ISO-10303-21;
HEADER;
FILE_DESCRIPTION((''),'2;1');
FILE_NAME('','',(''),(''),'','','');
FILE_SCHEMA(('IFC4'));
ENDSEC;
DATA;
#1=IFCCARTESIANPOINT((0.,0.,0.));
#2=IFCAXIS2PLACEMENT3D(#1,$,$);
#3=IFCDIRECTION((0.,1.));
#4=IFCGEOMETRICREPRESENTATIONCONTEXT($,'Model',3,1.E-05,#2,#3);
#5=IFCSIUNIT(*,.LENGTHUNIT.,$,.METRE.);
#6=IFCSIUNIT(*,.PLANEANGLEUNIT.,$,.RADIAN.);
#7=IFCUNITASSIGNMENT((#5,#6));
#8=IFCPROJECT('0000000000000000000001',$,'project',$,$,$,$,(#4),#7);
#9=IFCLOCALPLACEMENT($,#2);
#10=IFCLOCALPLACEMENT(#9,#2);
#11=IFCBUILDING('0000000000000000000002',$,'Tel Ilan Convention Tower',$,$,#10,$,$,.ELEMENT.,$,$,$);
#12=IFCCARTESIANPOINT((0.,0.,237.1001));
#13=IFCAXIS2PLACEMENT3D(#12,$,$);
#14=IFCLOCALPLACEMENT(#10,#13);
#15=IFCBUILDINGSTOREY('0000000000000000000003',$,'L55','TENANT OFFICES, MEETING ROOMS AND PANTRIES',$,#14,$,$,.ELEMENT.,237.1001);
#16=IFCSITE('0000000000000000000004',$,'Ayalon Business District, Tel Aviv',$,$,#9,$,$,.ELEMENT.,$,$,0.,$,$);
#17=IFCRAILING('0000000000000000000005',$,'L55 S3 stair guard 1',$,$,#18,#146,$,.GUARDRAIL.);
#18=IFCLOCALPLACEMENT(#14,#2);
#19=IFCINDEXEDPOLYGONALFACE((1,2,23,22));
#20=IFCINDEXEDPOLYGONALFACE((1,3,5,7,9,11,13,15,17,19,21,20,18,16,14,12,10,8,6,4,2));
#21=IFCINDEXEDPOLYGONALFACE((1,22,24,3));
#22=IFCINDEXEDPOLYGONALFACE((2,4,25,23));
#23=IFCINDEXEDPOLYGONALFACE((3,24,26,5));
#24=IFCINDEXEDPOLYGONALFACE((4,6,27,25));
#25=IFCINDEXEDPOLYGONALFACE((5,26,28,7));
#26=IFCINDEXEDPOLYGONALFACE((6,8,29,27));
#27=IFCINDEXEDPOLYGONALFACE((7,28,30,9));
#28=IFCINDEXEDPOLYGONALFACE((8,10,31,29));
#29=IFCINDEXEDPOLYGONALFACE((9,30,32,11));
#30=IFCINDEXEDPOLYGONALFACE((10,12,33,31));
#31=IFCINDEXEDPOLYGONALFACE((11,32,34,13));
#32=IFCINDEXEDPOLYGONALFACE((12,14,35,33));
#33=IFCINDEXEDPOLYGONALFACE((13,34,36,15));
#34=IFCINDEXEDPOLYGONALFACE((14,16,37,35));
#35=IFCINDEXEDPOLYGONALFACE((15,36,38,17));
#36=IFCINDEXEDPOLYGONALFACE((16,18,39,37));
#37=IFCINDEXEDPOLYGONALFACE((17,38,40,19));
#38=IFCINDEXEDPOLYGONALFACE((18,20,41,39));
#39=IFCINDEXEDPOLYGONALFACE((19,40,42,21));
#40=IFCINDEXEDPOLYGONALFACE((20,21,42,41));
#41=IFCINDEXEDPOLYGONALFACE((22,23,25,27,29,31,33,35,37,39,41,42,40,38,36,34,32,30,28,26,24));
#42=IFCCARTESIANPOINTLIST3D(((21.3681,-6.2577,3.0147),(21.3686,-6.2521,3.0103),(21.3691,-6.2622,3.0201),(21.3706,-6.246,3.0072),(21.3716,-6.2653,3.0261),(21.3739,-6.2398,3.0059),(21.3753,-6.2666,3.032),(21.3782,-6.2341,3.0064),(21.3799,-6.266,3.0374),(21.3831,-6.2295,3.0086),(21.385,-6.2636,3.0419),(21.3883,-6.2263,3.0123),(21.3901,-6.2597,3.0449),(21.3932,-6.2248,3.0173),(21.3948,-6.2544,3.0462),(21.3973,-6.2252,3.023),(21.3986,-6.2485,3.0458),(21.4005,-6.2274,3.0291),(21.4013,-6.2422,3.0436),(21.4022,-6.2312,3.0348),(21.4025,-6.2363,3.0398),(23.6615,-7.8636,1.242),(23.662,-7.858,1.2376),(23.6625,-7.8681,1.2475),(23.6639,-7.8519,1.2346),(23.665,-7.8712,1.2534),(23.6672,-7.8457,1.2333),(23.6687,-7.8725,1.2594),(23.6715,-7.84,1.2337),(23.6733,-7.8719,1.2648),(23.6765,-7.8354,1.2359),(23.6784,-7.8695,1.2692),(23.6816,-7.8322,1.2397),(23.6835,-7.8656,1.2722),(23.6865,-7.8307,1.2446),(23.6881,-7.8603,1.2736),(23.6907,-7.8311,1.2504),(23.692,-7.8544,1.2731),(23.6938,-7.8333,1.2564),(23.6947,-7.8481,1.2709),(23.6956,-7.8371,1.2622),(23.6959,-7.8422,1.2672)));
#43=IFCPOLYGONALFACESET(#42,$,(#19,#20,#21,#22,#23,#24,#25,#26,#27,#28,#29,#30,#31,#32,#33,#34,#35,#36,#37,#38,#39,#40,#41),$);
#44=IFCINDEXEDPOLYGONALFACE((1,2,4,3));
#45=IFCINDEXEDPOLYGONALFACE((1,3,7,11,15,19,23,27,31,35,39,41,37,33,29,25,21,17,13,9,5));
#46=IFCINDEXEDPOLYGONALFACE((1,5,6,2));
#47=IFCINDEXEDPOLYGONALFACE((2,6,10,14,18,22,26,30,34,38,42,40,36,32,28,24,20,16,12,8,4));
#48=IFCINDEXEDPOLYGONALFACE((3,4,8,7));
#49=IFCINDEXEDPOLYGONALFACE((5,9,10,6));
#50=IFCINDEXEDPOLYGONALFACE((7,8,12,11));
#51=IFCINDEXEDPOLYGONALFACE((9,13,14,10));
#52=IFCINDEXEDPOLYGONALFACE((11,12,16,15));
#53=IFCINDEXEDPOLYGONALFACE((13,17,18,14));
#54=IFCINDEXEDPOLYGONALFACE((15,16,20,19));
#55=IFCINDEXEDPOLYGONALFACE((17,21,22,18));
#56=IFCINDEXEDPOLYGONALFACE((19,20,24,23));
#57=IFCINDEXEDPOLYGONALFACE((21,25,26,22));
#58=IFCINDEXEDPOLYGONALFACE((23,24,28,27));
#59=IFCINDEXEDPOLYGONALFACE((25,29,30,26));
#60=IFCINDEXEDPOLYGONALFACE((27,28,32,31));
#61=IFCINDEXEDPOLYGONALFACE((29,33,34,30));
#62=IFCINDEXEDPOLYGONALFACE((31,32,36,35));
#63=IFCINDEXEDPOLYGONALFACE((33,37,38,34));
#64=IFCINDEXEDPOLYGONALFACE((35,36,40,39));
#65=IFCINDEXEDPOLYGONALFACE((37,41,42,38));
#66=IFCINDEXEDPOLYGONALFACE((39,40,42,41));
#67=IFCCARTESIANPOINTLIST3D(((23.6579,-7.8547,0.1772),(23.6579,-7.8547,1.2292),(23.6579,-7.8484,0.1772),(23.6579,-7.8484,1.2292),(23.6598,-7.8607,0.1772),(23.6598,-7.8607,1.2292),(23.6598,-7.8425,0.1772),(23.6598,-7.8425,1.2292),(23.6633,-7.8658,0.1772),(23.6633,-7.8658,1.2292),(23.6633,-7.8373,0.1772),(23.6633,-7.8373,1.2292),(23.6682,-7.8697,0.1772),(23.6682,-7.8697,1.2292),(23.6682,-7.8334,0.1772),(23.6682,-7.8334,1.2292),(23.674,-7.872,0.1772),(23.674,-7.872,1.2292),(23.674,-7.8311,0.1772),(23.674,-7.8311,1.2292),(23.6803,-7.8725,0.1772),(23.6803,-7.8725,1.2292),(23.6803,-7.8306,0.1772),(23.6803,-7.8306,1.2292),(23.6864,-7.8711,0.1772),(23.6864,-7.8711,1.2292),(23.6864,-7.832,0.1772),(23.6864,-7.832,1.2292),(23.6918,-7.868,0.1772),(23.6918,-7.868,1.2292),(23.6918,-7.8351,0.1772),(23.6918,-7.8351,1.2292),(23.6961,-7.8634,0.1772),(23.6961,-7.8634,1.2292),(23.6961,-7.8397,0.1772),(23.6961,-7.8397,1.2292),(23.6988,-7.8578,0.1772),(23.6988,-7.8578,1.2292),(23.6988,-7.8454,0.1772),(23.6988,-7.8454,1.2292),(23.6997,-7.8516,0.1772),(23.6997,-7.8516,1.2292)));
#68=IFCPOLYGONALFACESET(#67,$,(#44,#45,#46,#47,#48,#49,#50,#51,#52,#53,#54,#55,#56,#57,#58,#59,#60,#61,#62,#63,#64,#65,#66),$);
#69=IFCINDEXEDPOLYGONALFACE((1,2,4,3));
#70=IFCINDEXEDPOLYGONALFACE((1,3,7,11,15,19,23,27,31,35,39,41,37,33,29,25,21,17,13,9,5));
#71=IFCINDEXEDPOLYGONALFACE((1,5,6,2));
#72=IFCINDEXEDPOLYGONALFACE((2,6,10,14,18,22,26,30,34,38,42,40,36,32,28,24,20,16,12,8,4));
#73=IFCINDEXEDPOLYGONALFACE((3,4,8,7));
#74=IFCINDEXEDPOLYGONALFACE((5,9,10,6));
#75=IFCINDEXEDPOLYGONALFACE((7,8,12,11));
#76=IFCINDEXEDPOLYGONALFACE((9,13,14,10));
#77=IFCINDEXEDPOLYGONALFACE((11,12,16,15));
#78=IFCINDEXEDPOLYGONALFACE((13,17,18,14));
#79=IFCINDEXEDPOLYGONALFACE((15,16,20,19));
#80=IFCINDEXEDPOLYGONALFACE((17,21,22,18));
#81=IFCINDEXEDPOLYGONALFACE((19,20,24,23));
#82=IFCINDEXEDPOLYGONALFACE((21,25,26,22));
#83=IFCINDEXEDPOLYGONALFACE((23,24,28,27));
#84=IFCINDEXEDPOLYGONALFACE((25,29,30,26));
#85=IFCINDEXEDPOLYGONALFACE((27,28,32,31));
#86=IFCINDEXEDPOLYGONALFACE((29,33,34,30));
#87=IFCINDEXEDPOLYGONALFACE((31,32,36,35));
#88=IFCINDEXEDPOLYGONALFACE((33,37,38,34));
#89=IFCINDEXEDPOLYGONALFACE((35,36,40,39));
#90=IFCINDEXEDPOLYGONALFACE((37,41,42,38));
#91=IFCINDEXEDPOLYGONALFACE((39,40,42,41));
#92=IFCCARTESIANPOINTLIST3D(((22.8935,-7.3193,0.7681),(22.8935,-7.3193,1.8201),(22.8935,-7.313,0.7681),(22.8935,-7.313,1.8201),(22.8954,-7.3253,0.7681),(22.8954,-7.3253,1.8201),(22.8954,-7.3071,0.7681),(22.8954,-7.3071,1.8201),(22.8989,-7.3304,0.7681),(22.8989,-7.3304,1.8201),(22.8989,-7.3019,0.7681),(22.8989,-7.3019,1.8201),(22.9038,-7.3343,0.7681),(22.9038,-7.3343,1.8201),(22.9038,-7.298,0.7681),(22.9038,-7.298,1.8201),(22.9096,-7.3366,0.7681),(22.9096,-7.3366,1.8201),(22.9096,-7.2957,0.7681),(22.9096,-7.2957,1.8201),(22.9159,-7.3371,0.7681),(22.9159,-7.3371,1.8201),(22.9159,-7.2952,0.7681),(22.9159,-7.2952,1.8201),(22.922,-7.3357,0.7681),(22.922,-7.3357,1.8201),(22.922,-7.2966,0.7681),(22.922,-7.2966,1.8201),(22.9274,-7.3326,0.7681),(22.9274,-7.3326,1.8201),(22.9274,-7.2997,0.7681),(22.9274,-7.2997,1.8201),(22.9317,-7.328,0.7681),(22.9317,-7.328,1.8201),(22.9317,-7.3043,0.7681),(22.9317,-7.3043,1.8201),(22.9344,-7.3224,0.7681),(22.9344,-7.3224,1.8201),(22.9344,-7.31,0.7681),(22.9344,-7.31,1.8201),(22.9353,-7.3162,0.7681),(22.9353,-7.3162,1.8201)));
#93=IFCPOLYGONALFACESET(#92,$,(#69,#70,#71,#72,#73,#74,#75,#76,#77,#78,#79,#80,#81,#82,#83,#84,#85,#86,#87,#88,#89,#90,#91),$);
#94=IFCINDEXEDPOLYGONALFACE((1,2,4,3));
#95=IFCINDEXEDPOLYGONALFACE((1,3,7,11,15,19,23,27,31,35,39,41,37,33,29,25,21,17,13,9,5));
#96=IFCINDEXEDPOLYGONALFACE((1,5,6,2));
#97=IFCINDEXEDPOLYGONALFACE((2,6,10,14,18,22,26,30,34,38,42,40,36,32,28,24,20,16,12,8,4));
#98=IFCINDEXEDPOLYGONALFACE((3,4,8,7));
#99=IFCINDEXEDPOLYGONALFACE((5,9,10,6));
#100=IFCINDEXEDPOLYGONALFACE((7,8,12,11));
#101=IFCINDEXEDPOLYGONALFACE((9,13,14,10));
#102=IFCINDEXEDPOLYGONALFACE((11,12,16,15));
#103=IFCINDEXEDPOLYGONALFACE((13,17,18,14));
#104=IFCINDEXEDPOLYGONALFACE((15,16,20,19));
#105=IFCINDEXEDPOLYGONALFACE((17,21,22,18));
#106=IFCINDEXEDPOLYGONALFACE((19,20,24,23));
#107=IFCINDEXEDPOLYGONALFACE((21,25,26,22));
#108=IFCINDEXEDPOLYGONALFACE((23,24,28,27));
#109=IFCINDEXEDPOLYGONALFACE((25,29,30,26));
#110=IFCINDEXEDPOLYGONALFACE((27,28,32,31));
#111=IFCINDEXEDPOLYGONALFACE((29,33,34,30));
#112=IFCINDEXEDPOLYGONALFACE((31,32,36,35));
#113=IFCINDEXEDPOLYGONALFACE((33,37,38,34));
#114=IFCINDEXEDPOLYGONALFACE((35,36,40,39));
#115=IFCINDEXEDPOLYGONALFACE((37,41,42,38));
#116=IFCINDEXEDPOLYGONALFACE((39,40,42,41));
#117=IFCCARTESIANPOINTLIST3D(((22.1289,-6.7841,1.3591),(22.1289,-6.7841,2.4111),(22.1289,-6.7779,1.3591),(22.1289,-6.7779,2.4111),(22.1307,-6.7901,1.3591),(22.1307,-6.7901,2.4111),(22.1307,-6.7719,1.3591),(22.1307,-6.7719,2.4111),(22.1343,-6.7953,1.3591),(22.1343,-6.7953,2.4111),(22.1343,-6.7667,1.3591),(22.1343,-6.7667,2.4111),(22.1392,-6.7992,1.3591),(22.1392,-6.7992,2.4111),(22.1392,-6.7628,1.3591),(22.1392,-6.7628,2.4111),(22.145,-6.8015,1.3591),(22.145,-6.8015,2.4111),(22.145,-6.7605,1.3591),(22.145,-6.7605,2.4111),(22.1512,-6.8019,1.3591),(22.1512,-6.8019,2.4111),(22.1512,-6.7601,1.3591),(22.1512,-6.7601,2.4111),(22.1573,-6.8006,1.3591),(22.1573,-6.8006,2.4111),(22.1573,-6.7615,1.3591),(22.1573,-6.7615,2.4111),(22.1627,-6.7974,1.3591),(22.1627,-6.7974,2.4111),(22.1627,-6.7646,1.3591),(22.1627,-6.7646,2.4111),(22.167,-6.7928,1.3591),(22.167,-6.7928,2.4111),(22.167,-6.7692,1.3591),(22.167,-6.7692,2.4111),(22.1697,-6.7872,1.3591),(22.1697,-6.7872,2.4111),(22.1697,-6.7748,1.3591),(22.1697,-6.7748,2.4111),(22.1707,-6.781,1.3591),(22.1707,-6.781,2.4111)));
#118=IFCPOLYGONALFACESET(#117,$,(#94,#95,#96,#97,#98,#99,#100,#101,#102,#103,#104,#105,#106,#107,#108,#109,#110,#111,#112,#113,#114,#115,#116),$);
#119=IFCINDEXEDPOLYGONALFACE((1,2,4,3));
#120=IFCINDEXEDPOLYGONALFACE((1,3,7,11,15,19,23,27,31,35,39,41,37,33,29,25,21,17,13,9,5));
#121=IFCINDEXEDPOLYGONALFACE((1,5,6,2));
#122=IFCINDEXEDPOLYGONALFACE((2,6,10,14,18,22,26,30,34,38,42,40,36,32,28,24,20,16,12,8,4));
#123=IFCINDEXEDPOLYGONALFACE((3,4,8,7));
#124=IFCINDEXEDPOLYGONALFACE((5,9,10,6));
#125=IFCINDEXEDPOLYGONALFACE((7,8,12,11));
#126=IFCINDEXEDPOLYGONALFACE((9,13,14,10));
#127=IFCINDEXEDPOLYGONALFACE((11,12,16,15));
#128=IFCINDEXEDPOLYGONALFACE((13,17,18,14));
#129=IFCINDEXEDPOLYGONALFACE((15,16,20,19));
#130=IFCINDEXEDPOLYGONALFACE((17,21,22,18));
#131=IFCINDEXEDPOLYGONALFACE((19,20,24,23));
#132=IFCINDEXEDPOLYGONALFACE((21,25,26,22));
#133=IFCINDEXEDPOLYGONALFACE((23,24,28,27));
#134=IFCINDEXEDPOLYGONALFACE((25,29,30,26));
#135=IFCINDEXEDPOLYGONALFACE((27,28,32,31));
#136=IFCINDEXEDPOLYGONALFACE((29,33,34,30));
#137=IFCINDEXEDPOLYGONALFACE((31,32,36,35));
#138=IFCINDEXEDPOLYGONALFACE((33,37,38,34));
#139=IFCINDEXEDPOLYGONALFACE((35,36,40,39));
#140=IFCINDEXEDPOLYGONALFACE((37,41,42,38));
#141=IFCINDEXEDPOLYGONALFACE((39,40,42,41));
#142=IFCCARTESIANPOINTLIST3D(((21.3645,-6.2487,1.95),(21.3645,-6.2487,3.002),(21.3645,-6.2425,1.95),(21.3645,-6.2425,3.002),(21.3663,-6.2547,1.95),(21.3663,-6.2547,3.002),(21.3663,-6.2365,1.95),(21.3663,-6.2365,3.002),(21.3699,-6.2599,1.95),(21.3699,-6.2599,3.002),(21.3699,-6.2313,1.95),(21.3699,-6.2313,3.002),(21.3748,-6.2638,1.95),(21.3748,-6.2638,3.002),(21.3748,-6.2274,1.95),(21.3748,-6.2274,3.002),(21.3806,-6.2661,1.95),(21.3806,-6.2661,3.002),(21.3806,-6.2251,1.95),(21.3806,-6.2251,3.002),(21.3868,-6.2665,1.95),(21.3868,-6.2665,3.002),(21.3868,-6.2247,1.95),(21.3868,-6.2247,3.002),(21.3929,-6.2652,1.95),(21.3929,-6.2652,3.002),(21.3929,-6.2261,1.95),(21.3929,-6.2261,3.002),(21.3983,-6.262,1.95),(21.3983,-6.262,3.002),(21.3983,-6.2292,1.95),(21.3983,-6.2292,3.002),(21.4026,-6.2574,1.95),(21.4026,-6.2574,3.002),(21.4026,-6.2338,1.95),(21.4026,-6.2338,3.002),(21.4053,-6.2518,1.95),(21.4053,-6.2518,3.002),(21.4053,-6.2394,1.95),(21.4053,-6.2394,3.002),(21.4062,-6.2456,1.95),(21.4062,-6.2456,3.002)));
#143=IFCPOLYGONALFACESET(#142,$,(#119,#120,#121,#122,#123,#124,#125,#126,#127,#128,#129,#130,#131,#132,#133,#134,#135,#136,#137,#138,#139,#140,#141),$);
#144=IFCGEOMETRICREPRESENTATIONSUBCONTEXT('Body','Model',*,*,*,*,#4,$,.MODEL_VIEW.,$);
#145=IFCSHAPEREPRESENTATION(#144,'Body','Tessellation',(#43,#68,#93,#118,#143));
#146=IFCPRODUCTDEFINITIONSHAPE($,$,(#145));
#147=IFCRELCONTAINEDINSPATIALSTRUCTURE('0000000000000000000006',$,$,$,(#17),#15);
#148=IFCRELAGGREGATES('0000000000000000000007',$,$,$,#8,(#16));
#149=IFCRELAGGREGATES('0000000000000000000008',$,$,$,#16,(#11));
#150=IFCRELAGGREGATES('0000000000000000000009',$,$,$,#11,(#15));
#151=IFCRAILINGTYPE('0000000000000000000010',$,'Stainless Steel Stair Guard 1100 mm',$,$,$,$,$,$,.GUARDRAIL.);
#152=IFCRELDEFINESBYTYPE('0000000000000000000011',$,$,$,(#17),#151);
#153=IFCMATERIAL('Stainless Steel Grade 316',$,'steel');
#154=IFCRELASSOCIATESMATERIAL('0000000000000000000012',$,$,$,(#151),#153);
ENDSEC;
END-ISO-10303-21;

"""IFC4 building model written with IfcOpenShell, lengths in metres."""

from ifc_helpers import new_model, si_unit, direction, frame, origin, origin_2d, place, context, subcontext, project, spatial, circle, extrude, material, type_object, element, save


model = new_model("IFC4")

# Units and contexts
model_context = context("Model", 3, precision=1e-05, world=origin(), true_north=direction((0.0, 1.0)))
body_context = subcontext(model_context, "Body", "Model", "MODEL_VIEW")
ifc_project = project(units=[si_unit("LENGTHUNIT", "METRE"), si_unit("PLANEANGLEUNIT", "RADIAN")], contexts=[model_context])

# Site, building, storey
site_placement = place(None, origin())
site = spatial("IfcSite", under=ifc_project, at=site_placement, Name="Ayalon Business District, Tel Aviv", CompositionType="ELEMENT", RefElevation=0.0)
building_placement = place(site_placement, origin())
building = spatial("IfcBuilding", under=site, at=building_placement, Name="Tel Ilan Convention Tower", CompositionType="ELEMENT")
storey_placement = place(building_placement, frame((0.0, 0.0, 237.1001)))
storey = spatial("IfcBuildingStorey", under=building, at=storey_placement, Name="L55", Description="TENANT OFFICES, MEETING ROOMS AND PANTRIES", CompositionType="ELEMENT", Elevation=237.1001)

# Railing
ifc_material_1 = material(Name="Stainless Steel Grade 316", Category="steel")
railing_type_1 = type_object("IfcRailingType", Name="Stainless Steel Stair Guard 1100 mm", PredefinedType="GUARDRAIL", material=ifc_material_1)
railing_1_placement = place(storey_placement, frame((23.6787, -7.8516, 0.1772)))
element("IfcRailing", 1, at=railing_1_placement, inside=storey, type_object=railing_type_1, Name="L55 S3 stair guard 1", PredefinedType="GUARDRAIL", context=body_context, shape_type="SweptSolid", body=[
    extrude(circle(Radius=0.0239, at=origin_2d()), frame((0.0, 0.0, 1.0762), z_axis=(-0.692085, 0.484621, 0.53494), x_axis=(-0.573591, -0.819142, 0.0)), (0.0, 0.0, 1.0), 3.3137),
    extrude(circle(Radius=0.021, at=origin_2d()), origin(), (0.0, 0.0, 1.0), 1.052),
    extrude(circle(Radius=0.021, at=origin_2d()), frame((-0.7644, 0.5354, 0.5908)), (0.0, 0.0, 1.0), 1.052),
    extrude(circle(Radius=0.021, at=origin_2d()), frame((-1.5291, 1.0706, 1.1819)), (0.0, 0.0, 1.0), 1.052),
    extrude(circle(Radius=0.021, at=origin_2d()), frame((-2.2935, 1.606, 1.7727)), (0.0, 0.0, 1.0), 1.052),
])

save(model, "model.ifc")
